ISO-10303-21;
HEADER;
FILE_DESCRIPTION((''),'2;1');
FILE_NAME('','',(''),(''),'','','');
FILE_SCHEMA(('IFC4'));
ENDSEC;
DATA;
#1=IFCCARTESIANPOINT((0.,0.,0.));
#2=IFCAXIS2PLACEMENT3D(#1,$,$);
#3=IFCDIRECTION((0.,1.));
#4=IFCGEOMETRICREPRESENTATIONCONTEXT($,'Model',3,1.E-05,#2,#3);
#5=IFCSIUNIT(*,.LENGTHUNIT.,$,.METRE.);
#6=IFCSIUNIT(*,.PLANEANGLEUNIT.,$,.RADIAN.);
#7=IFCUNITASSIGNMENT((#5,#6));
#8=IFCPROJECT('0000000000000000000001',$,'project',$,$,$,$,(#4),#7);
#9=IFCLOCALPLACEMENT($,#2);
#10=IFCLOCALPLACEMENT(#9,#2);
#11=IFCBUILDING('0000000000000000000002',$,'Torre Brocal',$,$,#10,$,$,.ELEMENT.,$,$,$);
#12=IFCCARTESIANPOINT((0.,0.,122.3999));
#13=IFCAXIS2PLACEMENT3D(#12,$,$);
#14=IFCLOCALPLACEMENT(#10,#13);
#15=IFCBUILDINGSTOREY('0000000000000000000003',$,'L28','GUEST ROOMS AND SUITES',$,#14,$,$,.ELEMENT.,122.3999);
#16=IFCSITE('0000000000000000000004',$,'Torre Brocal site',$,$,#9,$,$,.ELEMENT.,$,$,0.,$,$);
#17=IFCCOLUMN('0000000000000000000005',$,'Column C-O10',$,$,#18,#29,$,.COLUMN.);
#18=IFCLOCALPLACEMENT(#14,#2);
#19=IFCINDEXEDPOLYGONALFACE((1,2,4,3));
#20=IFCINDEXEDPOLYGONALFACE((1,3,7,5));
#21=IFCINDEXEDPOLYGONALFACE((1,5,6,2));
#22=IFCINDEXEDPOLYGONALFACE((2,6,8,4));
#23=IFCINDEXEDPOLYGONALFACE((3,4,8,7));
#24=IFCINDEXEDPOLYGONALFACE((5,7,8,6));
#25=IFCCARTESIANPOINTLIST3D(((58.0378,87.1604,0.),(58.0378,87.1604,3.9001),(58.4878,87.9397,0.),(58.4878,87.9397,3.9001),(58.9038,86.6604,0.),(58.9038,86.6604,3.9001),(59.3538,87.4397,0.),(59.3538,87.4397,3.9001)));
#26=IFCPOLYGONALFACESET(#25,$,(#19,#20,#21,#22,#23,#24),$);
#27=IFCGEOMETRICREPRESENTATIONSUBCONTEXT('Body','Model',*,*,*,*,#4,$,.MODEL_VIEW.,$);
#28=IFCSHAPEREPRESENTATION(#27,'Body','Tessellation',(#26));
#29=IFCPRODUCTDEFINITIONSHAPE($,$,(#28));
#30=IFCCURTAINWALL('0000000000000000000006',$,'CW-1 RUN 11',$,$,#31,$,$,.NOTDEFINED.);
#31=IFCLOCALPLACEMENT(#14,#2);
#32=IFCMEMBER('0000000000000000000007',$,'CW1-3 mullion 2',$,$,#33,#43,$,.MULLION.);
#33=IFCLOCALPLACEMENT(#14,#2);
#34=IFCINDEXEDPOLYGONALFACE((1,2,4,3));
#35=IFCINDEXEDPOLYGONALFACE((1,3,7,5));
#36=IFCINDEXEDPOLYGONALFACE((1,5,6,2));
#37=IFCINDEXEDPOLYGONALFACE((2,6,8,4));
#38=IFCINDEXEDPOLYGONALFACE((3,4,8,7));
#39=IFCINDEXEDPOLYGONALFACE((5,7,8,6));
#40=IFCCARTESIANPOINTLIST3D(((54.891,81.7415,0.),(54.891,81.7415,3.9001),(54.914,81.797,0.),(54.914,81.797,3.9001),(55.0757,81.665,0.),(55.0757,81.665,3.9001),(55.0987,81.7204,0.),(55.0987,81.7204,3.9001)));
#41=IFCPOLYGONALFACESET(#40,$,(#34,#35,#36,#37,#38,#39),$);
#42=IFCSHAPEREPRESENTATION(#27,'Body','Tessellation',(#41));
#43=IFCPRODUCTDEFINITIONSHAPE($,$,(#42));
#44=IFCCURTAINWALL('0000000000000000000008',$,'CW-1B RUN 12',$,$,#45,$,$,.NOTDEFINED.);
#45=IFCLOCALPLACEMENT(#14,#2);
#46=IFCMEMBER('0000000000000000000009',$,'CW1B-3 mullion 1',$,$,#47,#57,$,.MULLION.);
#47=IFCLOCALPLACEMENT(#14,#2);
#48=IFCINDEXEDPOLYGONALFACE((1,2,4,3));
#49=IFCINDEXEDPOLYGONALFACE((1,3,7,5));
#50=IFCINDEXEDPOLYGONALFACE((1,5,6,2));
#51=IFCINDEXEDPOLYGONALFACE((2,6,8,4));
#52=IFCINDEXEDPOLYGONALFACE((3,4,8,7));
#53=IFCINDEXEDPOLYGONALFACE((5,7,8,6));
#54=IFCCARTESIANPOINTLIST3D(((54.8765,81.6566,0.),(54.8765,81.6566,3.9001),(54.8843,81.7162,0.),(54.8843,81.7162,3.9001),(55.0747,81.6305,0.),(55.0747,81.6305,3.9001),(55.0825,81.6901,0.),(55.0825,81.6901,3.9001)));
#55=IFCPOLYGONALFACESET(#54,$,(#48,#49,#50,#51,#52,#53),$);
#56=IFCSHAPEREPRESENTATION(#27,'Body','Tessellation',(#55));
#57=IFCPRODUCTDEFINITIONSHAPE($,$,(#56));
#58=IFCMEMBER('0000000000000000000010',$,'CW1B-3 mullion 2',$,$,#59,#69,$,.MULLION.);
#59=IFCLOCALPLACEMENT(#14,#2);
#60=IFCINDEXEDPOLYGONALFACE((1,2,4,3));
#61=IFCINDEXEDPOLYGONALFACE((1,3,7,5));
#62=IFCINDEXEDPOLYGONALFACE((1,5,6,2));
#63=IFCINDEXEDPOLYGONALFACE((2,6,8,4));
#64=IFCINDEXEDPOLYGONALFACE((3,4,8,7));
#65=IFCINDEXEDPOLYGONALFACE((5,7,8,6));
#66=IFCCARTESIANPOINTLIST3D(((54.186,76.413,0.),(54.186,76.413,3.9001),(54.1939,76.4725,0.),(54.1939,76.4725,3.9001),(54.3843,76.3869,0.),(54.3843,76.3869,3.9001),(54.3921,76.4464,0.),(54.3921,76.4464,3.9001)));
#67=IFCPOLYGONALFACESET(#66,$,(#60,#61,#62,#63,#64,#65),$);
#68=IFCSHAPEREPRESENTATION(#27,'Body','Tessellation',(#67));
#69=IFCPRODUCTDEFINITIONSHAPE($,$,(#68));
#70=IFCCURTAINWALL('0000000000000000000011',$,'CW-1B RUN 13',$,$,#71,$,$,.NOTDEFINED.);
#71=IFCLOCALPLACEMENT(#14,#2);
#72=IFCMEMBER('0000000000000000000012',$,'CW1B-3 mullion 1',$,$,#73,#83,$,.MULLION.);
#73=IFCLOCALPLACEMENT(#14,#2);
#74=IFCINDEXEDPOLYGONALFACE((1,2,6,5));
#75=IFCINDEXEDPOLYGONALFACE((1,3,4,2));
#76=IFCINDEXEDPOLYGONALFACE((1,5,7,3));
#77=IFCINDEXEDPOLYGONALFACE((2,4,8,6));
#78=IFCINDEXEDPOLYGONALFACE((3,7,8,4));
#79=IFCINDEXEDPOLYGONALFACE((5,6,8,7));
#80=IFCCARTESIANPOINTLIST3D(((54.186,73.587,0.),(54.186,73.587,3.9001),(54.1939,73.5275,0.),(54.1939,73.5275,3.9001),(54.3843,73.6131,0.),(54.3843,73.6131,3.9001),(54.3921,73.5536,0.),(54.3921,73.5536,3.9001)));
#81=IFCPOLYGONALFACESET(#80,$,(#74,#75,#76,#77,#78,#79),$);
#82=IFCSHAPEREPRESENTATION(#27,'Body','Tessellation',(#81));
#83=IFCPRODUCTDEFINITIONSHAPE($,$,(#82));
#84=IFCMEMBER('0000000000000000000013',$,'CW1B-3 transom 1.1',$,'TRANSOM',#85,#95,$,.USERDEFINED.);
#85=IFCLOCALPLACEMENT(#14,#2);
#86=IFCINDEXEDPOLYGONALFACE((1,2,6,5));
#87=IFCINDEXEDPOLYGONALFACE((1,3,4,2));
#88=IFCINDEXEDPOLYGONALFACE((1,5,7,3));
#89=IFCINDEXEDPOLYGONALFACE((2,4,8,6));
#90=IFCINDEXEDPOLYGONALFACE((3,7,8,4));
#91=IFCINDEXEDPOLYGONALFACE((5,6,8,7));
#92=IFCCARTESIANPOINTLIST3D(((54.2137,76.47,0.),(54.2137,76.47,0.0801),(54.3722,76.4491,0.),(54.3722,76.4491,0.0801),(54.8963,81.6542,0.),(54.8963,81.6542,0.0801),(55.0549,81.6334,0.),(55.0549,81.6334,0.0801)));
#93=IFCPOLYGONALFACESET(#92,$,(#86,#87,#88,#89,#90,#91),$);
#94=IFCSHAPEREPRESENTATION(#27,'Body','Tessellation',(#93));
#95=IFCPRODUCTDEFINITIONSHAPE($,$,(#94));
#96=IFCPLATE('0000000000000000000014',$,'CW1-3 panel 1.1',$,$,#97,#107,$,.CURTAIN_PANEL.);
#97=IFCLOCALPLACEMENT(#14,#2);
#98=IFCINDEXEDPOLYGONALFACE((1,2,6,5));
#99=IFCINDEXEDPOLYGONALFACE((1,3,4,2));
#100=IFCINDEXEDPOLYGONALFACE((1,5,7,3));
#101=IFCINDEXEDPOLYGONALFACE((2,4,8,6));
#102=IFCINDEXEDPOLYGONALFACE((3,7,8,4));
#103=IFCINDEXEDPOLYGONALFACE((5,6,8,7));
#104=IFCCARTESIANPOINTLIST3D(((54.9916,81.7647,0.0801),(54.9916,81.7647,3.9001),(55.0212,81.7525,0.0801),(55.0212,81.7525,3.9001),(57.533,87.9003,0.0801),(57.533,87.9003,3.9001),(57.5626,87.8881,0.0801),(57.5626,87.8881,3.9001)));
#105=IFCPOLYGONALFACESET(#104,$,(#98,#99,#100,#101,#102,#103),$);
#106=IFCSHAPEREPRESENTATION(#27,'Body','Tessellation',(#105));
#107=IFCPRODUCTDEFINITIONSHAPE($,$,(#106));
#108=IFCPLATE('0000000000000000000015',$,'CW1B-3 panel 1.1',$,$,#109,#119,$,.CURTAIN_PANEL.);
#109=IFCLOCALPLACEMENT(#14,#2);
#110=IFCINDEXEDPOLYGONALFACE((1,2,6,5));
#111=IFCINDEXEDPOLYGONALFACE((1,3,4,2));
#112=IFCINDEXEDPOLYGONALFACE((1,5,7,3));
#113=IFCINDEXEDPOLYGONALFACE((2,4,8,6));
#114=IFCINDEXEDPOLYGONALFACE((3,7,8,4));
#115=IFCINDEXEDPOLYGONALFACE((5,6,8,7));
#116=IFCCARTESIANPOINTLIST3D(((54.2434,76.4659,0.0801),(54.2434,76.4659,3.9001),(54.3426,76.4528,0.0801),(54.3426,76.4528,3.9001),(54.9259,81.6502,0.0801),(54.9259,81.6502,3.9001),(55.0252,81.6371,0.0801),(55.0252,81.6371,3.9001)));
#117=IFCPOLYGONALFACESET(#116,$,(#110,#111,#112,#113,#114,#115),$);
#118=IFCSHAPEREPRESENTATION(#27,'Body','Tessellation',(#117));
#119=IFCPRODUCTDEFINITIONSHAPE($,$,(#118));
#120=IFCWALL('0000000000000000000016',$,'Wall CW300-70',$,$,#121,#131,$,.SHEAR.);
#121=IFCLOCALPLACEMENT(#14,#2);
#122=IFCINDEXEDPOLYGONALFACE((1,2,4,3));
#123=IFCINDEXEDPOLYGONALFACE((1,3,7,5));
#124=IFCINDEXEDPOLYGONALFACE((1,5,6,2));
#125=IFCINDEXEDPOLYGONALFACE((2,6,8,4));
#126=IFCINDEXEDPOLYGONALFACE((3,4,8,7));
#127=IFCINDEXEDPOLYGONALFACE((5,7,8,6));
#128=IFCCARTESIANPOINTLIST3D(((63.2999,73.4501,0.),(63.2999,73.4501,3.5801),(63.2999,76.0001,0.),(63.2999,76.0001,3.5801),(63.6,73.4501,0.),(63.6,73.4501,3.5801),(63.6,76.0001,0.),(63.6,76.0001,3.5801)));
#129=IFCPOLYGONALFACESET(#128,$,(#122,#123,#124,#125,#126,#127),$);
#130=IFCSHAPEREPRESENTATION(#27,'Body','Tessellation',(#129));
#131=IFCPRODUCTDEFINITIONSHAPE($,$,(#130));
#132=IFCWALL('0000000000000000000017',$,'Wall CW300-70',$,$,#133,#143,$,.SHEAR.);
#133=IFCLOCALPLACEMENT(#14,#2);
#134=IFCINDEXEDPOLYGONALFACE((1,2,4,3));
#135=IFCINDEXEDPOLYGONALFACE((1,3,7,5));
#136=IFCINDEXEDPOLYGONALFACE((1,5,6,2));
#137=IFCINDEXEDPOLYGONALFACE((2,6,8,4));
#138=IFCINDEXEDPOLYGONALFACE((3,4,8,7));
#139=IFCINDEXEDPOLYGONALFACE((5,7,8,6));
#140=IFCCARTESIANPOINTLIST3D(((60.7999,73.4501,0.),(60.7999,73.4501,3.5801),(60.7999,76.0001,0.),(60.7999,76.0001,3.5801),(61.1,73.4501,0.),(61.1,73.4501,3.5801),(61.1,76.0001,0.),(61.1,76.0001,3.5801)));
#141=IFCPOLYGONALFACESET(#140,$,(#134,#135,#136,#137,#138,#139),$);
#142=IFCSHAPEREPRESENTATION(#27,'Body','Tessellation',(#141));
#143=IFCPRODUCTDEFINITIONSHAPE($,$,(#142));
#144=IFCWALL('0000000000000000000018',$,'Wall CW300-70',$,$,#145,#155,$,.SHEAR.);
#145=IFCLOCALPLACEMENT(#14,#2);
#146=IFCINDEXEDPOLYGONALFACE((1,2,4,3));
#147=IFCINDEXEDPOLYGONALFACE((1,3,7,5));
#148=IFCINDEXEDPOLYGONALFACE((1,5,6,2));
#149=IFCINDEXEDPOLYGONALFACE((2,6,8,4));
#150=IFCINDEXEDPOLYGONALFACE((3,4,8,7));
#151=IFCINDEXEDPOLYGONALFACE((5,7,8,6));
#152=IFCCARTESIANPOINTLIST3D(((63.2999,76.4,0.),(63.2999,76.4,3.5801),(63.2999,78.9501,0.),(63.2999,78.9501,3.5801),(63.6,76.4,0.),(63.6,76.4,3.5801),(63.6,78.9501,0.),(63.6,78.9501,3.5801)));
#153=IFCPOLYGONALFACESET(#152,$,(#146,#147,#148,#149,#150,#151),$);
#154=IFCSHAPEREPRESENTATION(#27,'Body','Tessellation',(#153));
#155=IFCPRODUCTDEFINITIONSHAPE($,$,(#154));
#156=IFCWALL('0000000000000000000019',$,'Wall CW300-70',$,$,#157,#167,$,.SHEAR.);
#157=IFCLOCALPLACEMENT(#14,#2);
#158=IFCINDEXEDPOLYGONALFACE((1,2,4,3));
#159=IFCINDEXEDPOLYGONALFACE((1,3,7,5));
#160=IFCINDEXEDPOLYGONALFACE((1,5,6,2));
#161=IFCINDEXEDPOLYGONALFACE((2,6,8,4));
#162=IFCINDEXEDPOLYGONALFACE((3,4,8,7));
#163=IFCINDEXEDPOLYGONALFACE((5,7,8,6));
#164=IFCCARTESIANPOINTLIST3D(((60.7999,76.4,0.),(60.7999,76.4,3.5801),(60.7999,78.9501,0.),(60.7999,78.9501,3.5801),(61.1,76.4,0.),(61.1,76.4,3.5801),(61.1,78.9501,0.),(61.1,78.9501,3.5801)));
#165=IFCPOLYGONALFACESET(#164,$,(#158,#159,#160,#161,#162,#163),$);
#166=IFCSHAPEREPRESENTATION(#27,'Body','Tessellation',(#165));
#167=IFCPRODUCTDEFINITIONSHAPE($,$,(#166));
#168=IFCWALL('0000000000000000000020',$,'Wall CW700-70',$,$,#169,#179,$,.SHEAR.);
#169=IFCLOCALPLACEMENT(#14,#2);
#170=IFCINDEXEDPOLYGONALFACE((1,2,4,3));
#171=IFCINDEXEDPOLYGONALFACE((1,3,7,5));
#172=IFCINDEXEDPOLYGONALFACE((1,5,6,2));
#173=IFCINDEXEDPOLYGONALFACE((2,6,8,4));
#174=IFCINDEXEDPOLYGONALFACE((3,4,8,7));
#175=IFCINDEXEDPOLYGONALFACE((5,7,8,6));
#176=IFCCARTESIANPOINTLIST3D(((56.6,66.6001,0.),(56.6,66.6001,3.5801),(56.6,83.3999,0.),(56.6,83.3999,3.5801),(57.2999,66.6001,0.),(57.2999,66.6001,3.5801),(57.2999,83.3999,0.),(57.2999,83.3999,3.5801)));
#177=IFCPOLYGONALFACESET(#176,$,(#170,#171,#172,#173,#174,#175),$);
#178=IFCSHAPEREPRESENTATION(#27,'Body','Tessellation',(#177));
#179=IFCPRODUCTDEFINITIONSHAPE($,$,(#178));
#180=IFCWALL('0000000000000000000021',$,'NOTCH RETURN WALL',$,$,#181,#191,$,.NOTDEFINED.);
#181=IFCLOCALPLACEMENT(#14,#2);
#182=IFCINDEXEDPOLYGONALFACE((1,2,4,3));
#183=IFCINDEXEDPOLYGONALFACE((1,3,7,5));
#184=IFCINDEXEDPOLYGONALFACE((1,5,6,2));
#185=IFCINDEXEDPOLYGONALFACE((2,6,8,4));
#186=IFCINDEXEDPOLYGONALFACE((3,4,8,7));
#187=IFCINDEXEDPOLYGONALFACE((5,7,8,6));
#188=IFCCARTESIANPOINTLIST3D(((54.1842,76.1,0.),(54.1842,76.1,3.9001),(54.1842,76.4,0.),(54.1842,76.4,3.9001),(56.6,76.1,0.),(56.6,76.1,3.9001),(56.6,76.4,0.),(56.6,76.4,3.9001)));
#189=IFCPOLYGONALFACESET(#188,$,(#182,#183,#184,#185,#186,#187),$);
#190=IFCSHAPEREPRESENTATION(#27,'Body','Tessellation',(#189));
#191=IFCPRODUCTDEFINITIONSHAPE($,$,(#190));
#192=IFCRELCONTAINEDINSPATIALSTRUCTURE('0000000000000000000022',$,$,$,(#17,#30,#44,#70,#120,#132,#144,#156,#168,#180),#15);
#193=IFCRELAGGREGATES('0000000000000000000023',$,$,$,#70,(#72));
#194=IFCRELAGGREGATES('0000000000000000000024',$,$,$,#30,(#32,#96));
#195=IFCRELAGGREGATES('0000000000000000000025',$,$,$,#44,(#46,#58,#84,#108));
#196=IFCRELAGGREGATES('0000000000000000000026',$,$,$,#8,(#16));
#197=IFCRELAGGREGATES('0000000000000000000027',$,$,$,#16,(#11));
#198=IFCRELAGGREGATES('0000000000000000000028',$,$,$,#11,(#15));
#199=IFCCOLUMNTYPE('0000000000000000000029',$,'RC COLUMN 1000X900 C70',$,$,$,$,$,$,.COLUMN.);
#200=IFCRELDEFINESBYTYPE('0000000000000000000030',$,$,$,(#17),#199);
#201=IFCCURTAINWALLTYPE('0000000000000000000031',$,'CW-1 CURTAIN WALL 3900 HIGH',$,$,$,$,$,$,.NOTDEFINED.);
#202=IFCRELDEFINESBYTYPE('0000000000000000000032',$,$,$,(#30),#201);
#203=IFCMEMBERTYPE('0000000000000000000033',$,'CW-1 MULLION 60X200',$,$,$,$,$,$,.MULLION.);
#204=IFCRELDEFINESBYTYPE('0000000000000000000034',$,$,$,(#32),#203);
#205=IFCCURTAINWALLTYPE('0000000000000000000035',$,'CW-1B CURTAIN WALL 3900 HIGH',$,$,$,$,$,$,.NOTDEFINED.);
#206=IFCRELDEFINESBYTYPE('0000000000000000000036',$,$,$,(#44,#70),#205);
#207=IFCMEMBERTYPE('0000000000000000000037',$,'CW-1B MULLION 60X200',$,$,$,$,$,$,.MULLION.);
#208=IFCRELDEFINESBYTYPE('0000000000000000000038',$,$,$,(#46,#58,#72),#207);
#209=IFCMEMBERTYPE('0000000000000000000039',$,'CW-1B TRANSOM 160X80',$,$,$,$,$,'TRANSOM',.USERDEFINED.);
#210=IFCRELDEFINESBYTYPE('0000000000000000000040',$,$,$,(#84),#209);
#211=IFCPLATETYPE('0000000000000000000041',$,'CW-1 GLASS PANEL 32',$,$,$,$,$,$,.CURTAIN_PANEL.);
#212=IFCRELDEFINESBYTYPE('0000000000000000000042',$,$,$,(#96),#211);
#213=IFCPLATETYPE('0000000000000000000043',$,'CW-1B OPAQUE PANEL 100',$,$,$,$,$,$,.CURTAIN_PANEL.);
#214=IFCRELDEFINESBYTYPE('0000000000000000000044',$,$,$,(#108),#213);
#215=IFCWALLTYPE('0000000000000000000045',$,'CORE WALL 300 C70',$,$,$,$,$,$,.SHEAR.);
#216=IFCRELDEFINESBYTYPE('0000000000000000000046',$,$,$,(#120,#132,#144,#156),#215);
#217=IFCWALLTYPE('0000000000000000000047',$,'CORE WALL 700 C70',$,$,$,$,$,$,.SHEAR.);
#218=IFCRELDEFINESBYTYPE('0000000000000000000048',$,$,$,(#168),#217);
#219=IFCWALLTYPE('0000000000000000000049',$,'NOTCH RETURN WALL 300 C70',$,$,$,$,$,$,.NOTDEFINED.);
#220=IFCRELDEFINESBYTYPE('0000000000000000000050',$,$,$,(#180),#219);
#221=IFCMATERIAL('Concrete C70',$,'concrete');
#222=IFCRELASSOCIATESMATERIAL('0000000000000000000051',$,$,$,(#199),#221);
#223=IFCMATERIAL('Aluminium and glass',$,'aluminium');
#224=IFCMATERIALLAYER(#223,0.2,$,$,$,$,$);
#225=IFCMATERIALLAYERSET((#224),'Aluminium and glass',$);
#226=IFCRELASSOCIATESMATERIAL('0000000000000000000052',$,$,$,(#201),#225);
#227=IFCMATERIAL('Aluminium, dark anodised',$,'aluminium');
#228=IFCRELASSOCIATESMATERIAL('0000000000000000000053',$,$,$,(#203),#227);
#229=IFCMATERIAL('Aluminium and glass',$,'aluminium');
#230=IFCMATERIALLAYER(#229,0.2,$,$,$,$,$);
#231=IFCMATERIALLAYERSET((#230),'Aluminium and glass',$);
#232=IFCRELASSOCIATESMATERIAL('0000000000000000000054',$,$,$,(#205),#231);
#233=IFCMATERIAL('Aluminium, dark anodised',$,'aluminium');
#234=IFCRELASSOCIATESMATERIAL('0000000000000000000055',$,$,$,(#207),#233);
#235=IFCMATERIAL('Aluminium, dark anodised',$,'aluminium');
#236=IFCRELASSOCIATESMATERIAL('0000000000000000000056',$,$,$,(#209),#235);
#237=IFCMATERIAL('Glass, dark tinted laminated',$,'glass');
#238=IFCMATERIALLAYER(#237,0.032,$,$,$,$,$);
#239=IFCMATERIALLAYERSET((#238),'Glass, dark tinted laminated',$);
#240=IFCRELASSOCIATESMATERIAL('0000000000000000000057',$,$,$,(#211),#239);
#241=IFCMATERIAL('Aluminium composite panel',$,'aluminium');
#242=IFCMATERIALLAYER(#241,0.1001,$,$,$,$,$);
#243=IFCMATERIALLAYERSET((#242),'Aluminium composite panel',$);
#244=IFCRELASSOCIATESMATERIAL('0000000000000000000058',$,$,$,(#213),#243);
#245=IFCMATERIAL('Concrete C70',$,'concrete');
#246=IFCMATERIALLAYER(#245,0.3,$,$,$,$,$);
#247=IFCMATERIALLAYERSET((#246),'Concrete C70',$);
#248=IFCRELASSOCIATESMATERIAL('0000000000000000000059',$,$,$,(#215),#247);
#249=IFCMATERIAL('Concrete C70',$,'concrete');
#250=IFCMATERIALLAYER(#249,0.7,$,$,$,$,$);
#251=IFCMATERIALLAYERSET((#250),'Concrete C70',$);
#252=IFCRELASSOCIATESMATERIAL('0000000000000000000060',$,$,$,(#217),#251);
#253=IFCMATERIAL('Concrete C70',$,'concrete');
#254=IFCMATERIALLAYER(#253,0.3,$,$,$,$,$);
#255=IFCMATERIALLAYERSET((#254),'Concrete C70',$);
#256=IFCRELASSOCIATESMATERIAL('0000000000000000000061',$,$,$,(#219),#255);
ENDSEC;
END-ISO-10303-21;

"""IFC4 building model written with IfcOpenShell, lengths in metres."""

from ifc_helpers import new_model, si_unit, direction, frame, frame_2d, origin, origin_2d, place, context, subcontext, project, spatial, rectangle, extrude, material, layer, layer_set, material_profile, profile_set, type_object, element, aggregate, save


model = new_model("IFC4")

# Units and contexts
model_context = context("Model", 3, precision=1e-05, world=origin(), true_north=direction((0.0, 1.0)))
body_context = subcontext(model_context, "Body", "Model", "MODEL_VIEW")
ifc_project = project(units=[si_unit("LENGTHUNIT", "METRE"), si_unit("PLANEANGLEUNIT", "RADIAN")], contexts=[model_context])

# Site, building, storey
site_placement = place(None, origin())
site = spatial("IfcSite", under=ifc_project, at=site_placement, Name="Torre Brocal site", CompositionType="ELEMENT", RefElevation=0.0)
building_placement = place(site_placement, origin())
building = spatial("IfcBuilding", under=site, at=building_placement, Name="Torre Brocal", CompositionType="ELEMENT")
storey_placement = place(building_placement, frame((0.0, 0.0, 122.3999)))
storey = spatial("IfcBuildingStorey", under=building, at=storey_placement, Name="L28", Description="GUEST ROOMS AND SUITES", CompositionType="ELEMENT", Elevation=122.3999)

# Column
ifc_material_1 = material(Name="Concrete C70", Category="concrete")
ifc_material_profile_1 = material_profile(ifc_material_1, rectangle(XDim=1.0, YDim=0.8999, at=origin_2d()), Name="RC 1000X900")
ifc_profile_set_1 = profile_set([ifc_material_profile_1], Name="Concrete C70")
column_type = type_object("IfcColumnType", Name="RC COLUMN 1000X900 C70", PredefinedType="COLUMN", material=ifc_profile_set_1)
column_placement = place(storey_placement, frame((58.6958, 87.3, 0.0), z_axis=(0.0, 0.0, 1.0), x_axis=(-0.866025, 0.5, 0.0)))
element("IfcColumn", 1, at=column_placement, inside=storey, type_object=column_type, Name="Column C-O10", PredefinedType="COLUMN", context=body_context, shape_type="SweptSolid", body=[
    extrude(rectangle(XDim=1.0, YDim=0.8999, at=origin_2d()), origin(), (0.0, 0.0, 1.0), 3.9001),
])

# Curtain wall, member
ifc_material_2 = material(Name="Aluminium and glass", Category="aluminium")
ifc_layer_1 = layer(ifc_material_2, 0.2)
ifc_layer_set_1 = layer_set([ifc_layer_1], Name="Aluminium and glass")
curtain_wall_type_1 = type_object("IfcCurtainWallType", Name="CW-1 CURTAIN WALL 3900 HIGH", PredefinedType="NOTDEFINED", material=ifc_layer_set_1)
curtain_wall_1_placement = place(storey_placement, origin())
curtain_wall_1 = element("IfcCurtainWall", 2, at=curtain_wall_1_placement, inside=storey, type_object=curtain_wall_type_1, Name="CW-1 RUN 11", PredefinedType="NOTDEFINED")
ifc_material_3 = material(Name="Aluminium, dark anodised", Category="aluminium")
ifc_material_profile_2 = material_profile(ifc_material_3, rectangle(XDim=0.2, YDim=0.0601, at=origin_2d()), Name="CW-1 MULLION 60X200")
ifc_profile_set_2 = profile_set([ifc_material_profile_2], Name="Aluminium, dark anodised")
member_type_1 = type_object("IfcMemberType", Name="CW-1 MULLION 60X200", PredefinedType="MULLION", material=ifc_profile_set_2)
member_1_placement = place(storey_placement, frame((54.9949, 81.731, 0.0), z_axis=(0.0, 0.0, 1.0), x_axis=(0.92388, -0.382683, 0.0)))
member_1 = element("IfcMember", 3, at=member_1_placement, type_object=member_type_1, Name="CW1-3 mullion 2", PredefinedType="MULLION", context=body_context, shape_type="SweptSolid", body=[
    extrude(rectangle(XDim=0.2, YDim=0.0601, at=origin_2d()), origin(), (0.0, 0.0, 1.0), 3.9001),
])

# Curtain wall, members
ifc_material_4 = material(Name="Aluminium and glass", Category="aluminium")
ifc_layer_2 = layer(ifc_material_4, 0.2)
ifc_layer_set_2 = layer_set([ifc_layer_2], Name="Aluminium and glass")
curtain_wall_type_2 = type_object("IfcCurtainWallType", Name="CW-1B CURTAIN WALL 3900 HIGH", PredefinedType="NOTDEFINED", material=ifc_layer_set_2)
curtain_wall_2_placement = place(storey_placement, origin())
curtain_wall_2 = element("IfcCurtainWall", 4, at=curtain_wall_2_placement, inside=storey, type_object=curtain_wall_type_2, Name="CW-1B RUN 12", PredefinedType="NOTDEFINED")
ifc_material_5 = material(Name="Aluminium, dark anodised", Category="aluminium")
ifc_material_profile_3 = material_profile(ifc_material_5, rectangle(XDim=0.2, YDim=0.0601, at=origin_2d()), Name="CW-1B MULLION 60X200")
ifc_profile_set_3 = profile_set([ifc_material_profile_3], Name="Aluminium, dark anodised")
member_type_2 = type_object("IfcMemberType", Name="CW-1B MULLION 60X200", PredefinedType="MULLION", material=ifc_profile_set_3)
member_2_placement = place(storey_placement, frame((54.9795, 81.6733, 0.0), z_axis=(0.0, 0.0, 1.0), x_axis=(0.991445, -0.130526, 0.0)))
member_2 = element("IfcMember", 5, at=member_2_placement, type_object=member_type_2, Name="CW1B-3 mullion 1", PredefinedType="MULLION", context=body_context, shape_type="SweptSolid", body=[
    extrude(rectangle(XDim=0.2, YDim=0.0601, at=origin_2d()), origin(), (0.0, 0.0, 1.0), 3.9001),
])
member_3_placement = place(storey_placement, frame((54.2891, 76.4297, 0.0), z_axis=(0.0, 0.0, 1.0), x_axis=(0.991445, -0.130526, 0.0)))
member_3 = element("IfcMember", 6, at=member_3_placement, type_object=member_type_2, Name="CW1B-3 mullion 2", PredefinedType="MULLION", context=body_context, shape_type="SweptSolid", body=[
    extrude(rectangle(XDim=0.2, YDim=0.0601, at=origin_2d()), origin(), (0.0, 0.0, 1.0), 3.9001),
])

# Curtain wall, member
curtain_wall_3_placement = place(storey_placement, origin())
curtain_wall_3 = element("IfcCurtainWall", 7, at=curtain_wall_3_placement, inside=storey, type_object=curtain_wall_type_2, Name="CW-1B RUN 13", PredefinedType="NOTDEFINED")
member_4_placement = place(storey_placement, frame((54.2891, 73.5703, 0.0), z_axis=(0.0, 0.0, 1.0), x_axis=(0.991445, 0.130526, 0.0)))
member_4 = element("IfcMember", 8, at=member_4_placement, type_object=member_type_2, Name="CW1B-3 mullion 1", PredefinedType="MULLION", context=body_context, shape_type="SweptSolid", body=[
    extrude(rectangle(XDim=0.2, YDim=0.0601, at=origin_2d()), origin(), (0.0, 0.0, 1.0), 3.9001),
])
aggregate(curtain_wall_3, [member_4])

# Member
ifc_material_6 = material(Name="Aluminium, dark anodised", Category="aluminium")
ifc_material_profile_4 = material_profile(ifc_material_6, rectangle(XDim=0.1599, YDim=0.0801, at=origin_2d()), Name="CW-1B TRANSOM 160X80")
ifc_profile_set_4 = profile_set([ifc_material_profile_4], Name="Aluminium, dark anodised")
member_type_3 = type_object("IfcMemberType", Name="CW-1B TRANSOM 160X80", ElementType="TRANSOM", PredefinedType="USERDEFINED", material=ifc_profile_set_4)
member_5_placement = place(storey_placement, frame((54.9756, 81.6438, 0.04), z_axis=(-0.130543, -0.991443, 0.0), x_axis=(0.991443, -0.130543, 0.0)))
member_5 = element("IfcMember", 9, at=member_5_placement, type_object=member_type_3, Name="CW1B-3 transom 1.1", ObjectType="TRANSOM", PredefinedType="USERDEFINED", context=body_context, shape_type="SweptSolid", body=[
    extrude(rectangle(XDim=0.1599, YDim=0.0801, at=origin_2d()), origin(), (0.0, 0.0, 1.0), 5.229),
])

# Plates
ifc_material_7 = material(Name="Glass, dark tinted laminated", Category="glass")
ifc_layer_3 = layer(ifc_material_7, 0.032)
ifc_layer_set_3 = layer_set([ifc_layer_3], Name="Glass, dark tinted laminated")
plate_type_1 = type_object("IfcPlateType", Name="CW-1 GLASS PANEL 32", PredefinedType="CURTAIN_PANEL", material=ifc_layer_set_3)
plate_1_placement = place(storey_placement, frame((56.2771, 84.8264, 0.0801), z_axis=(0.0, 0.0, 1.0), x_axis=(-0.382683, -0.92388, 0.0)))
plate_1 = element("IfcPlate", 10, at=plate_1_placement, type_object=plate_type_1, Name="CW1-3 panel 1.1", PredefinedType="CURTAIN_PANEL", context=body_context, shape_type="SweptSolid", body=[
    extrude(rectangle(XDim=6.6411, YDim=0.032, at=origin_2d()), origin(), (0.0, 0.0, 1.0), 3.8201),
])
aggregate(curtain_wall_1, [member_1, plate_1])
ifc_material_8 = material(Name="Aluminium composite panel", Category="aluminium")
ifc_layer_4 = layer(ifc_material_8, 0.1001)
ifc_layer_set_4 = layer_set([ifc_layer_4], Name="Aluminium composite panel")
plate_type_2 = type_object("IfcPlateType", Name="CW-1B OPAQUE PANEL 100", PredefinedType="CURTAIN_PANEL", material=ifc_layer_set_4)
plate_2_placement = place(storey_placement, frame((54.6343, 79.0515, 0.0801), z_axis=(0.0, 0.0, 1.0), x_axis=(-0.130526, -0.991445, 0.0)))
plate_2 = element("IfcPlate", 11, at=plate_2_placement, type_object=plate_type_2, Name="CW1B-3 panel 1.1", PredefinedType="CURTAIN_PANEL", context=body_context, shape_type="SweptSolid", body=[
    extrude(rectangle(XDim=5.229, YDim=0.1001, at=origin_2d()), origin(), (0.0, 0.0, 1.0), 3.8201),
])
aggregate(curtain_wall_2, [member_2, member_3, member_5, plate_2])

# Walls
ifc_material_9 = material(Name="Concrete C70", Category="concrete")
ifc_layer_5 = layer(ifc_material_9, 0.3)
ifc_layer_set_5 = layer_set([ifc_layer_5], Name="Concrete C70")
wall_type_1 = type_object("IfcWallType", Name="CORE WALL 300 C70", PredefinedType="SHEAR", material=ifc_layer_set_5)
for number, where, z_axis, x_axis, name in (
    (12, (63.45, 76.0, 0.0), (0.0, 0.0, 1.0), (0.0, -1.0, 0.0), "Wall CW300-70"),
    (13, (60.95, 76.0, 0.0), (0.0, 0.0, 1.0), (0.0, -1.0, 0.0), "Wall CW300-70"),
    (14, (63.45, 78.95, 0.0), (0.0, 0.0, 1.0), (0.0, -1.0, 0.0), "Wall CW300-70"),
    (15, (60.95, 78.95, 0.0), (0.0, 0.0, 1.0), (0.0, -1.0, 0.0), "Wall CW300-70"),
):
    element("IfcWall", number, at=place(storey_placement, frame(where, z_axis=z_axis, x_axis=x_axis)), inside=storey, type_object=wall_type_1, Name=name, PredefinedType="SHEAR", context=body_context, shape_type="SweptSolid", body=[
        extrude(rectangle(XDim=2.55, YDim=0.3, at=frame_2d((1.2749, 0.0))), origin(), (0.0, 0.0, 1.0), 3.5801),
    ])
ifc_material_10 = material(Name="Concrete C70", Category="concrete")
ifc_layer_6 = layer(ifc_material_10, 0.7)
ifc_layer_set_6 = layer_set([ifc_layer_6], Name="Concrete C70")
wall_type_2 = type_object("IfcWallType", Name="CORE WALL 700 C70", PredefinedType="SHEAR", material=ifc_layer_set_6)
wall_1_placement = place(storey_placement, frame((56.95, 83.3999, 0.0), z_axis=(0.0, 0.0, 1.0), x_axis=(0.0, -1.0, 0.0)))
element("IfcWall", 16, at=wall_1_placement, inside=storey, type_object=wall_type_2, Name="Wall CW700-70", PredefinedType="SHEAR", context=body_context, shape_type="SweptSolid", body=[
    extrude(rectangle(XDim=16.7998, YDim=0.7, at=frame_2d((8.3999, 0.0))), origin(), (0.0, 0.0, 1.0), 3.5801),
])
ifc_material_11 = material(Name="Concrete C70", Category="concrete")
ifc_layer_7 = layer(ifc_material_11, 0.3)
ifc_layer_set_7 = layer_set([ifc_layer_7], Name="Concrete C70")
wall_type_3 = type_object("IfcWallType", Name="NOTCH RETURN WALL 300 C70", PredefinedType="NOTDEFINED", material=ifc_layer_set_7)
for number, where, z_axis, x_axis, name in (
    (17, (56.6001, 76.25, 0.0), (0.0, 0.0, 1.0), (-1.0, 0.0, 0.0), "NOTCH RETURN WALL"),
):
    element("IfcWall", number, at=place(storey_placement, frame(where, z_axis=z_axis, x_axis=x_axis)), inside=storey, type_object=wall_type_3, Name=name, PredefinedType="NOTDEFINED", context=body_context, shape_type="SweptSolid", body=[
        extrude(rectangle(XDim=2.4158, YDim=0.3, at=frame_2d((1.208, 0.0))), origin(), (0.0, 0.0, 1.0), 3.9001),
    ])

save(model, "model.ifc")
